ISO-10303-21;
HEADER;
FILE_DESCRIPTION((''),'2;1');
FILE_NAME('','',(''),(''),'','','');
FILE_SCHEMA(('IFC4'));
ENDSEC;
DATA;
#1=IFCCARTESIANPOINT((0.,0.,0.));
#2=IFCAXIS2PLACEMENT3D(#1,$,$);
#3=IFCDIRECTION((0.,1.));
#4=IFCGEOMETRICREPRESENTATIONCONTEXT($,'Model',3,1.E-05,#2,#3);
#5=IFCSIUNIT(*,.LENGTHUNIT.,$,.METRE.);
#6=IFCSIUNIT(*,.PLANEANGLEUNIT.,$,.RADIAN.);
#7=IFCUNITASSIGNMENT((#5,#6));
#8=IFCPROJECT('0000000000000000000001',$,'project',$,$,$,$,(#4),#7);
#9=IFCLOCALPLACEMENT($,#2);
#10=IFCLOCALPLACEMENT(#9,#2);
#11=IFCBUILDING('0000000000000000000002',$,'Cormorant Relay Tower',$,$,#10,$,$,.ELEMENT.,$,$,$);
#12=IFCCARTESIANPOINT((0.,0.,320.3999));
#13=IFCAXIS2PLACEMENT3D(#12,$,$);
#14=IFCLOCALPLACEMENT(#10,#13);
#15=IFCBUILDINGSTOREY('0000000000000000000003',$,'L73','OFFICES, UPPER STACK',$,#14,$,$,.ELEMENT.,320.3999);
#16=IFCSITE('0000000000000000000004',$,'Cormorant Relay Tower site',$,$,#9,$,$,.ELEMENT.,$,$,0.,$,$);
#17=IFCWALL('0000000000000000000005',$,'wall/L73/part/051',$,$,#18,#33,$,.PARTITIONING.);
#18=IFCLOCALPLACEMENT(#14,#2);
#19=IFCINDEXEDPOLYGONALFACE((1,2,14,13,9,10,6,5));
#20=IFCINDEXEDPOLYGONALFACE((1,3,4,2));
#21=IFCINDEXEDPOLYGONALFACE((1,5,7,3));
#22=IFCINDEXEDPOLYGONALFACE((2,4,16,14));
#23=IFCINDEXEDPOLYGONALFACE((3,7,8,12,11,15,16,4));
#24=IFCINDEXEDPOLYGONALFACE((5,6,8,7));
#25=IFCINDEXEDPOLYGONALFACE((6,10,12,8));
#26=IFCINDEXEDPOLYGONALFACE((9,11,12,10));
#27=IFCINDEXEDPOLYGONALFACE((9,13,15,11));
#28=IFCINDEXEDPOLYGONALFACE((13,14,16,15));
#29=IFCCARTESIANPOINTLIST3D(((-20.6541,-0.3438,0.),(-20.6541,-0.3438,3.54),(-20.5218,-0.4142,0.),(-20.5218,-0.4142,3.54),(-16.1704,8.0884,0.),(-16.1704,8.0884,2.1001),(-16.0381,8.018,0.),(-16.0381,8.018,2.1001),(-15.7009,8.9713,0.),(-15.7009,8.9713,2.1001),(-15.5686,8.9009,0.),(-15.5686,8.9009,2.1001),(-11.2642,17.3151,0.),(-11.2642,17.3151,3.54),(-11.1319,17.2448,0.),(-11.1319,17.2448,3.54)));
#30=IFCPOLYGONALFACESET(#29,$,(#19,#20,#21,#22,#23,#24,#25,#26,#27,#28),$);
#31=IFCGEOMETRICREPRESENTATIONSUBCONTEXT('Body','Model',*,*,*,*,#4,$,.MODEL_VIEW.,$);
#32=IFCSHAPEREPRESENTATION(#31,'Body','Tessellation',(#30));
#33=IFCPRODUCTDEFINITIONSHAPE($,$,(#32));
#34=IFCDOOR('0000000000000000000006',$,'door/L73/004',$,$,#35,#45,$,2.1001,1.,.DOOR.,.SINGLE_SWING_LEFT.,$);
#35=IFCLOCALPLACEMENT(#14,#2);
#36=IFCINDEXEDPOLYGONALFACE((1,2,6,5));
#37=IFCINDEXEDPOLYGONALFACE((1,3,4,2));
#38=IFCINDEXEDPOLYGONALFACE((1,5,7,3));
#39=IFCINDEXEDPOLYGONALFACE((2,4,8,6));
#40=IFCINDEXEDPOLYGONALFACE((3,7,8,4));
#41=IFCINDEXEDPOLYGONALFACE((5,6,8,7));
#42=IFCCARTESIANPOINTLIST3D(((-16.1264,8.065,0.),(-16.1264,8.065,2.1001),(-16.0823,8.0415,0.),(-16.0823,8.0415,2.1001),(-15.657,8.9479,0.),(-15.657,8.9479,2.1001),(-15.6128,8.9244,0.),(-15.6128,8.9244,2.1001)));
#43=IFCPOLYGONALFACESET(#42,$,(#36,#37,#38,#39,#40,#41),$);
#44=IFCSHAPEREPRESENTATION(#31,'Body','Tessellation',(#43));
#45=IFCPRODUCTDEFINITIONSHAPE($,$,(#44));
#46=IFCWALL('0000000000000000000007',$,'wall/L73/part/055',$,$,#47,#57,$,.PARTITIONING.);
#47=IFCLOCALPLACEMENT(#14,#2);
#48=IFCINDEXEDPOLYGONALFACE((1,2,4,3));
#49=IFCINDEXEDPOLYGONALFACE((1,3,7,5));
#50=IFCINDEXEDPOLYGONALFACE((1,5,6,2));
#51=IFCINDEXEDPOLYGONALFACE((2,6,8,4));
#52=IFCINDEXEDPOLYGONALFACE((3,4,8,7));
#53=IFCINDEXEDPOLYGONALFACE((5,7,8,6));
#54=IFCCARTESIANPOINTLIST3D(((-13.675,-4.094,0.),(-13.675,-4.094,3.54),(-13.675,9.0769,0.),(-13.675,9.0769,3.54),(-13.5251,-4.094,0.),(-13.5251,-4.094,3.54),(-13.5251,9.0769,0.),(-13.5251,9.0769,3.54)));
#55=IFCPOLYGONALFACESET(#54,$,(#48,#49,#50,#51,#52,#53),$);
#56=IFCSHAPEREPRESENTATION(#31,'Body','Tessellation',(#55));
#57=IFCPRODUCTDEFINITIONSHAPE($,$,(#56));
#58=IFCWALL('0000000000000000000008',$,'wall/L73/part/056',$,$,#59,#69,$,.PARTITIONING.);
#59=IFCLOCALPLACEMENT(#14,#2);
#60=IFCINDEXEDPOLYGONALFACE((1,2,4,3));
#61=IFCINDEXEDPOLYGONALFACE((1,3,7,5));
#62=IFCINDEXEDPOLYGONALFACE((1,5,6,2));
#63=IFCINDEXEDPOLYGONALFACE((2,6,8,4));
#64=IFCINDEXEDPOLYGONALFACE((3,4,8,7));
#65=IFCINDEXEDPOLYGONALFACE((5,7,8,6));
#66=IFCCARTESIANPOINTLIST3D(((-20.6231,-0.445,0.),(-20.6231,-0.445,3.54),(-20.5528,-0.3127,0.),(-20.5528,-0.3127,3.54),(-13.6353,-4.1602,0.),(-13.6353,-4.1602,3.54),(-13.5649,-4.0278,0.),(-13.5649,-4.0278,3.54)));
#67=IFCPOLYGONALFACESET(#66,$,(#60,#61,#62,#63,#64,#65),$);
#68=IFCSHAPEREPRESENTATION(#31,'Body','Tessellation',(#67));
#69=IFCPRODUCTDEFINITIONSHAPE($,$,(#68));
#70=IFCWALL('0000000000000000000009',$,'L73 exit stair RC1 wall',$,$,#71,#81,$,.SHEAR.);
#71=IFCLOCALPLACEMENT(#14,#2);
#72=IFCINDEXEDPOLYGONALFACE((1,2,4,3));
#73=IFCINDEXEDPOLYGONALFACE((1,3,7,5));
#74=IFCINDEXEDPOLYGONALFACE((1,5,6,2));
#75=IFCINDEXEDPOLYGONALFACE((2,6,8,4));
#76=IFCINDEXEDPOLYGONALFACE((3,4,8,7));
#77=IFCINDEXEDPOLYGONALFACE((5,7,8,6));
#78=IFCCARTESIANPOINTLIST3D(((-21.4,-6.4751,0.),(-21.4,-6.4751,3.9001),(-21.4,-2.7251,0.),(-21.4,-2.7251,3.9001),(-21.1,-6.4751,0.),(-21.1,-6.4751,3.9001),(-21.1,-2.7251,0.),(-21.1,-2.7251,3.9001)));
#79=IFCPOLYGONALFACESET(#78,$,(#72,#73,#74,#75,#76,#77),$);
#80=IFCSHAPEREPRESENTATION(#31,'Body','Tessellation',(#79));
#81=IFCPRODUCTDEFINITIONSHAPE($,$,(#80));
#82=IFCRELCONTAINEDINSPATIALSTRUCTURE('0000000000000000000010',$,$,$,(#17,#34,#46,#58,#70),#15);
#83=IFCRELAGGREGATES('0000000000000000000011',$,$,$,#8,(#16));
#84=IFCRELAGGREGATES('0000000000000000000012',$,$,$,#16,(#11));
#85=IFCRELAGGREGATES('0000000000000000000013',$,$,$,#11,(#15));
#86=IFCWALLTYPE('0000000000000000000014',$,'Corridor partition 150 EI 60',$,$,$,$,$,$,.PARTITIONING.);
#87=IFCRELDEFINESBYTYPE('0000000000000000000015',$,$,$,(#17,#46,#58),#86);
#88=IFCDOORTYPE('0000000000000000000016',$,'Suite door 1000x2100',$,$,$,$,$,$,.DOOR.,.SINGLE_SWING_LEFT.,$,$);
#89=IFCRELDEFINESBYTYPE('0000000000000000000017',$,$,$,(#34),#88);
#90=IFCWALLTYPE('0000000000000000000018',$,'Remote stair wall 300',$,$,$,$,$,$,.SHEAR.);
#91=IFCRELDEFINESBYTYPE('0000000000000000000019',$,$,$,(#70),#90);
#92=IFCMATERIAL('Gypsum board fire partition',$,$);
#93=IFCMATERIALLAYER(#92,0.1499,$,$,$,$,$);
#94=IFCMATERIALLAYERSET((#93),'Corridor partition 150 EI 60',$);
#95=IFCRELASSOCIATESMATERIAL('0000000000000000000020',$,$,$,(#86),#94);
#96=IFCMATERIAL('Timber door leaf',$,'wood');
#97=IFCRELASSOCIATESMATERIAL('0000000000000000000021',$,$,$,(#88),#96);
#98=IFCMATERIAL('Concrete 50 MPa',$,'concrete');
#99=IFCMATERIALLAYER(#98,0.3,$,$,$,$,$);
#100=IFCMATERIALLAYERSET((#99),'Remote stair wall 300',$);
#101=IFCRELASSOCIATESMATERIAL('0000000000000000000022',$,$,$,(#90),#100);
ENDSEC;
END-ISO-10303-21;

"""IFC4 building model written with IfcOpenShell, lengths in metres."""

from ifc_helpers import new_model, si_unit, direction, frame, frame_2d, origin, place, context, subcontext, project, spatial, rectangle, extrude, material, layer, layer_set, type_object, element, fill, save


model = new_model("IFC4")

# Units and contexts
model_context = context("Model", 3, precision=1e-05, world=origin(), true_north=direction((0.0, 1.0)))
body_context = subcontext(model_context, "Body", "Model", "MODEL_VIEW")
ifc_project = project(units=[si_unit("LENGTHUNIT", "METRE"), si_unit("PLANEANGLEUNIT", "RADIAN")], contexts=[model_context])

# Site, building, storey
site_placement = place(None, origin())
site = spatial("IfcSite", under=ifc_project, at=site_placement, Name="Cormorant Relay Tower site", CompositionType="ELEMENT", RefElevation=0.0)
building_placement = place(site_placement, origin())
building = spatial("IfcBuilding", under=site, at=building_placement, Name="Cormorant Relay Tower", CompositionType="ELEMENT")
storey_placement = place(building_placement, frame((0.0, 0.0, 320.3999)))
storey = spatial("IfcBuildingStorey", under=building, at=storey_placement, Name="L73", Description="OFFICES, UPPER STACK", CompositionType="ELEMENT", Elevation=320.3999)

# Wall, opening, door
ifc_material_1 = material(Name="Gypsum board fire partition")
ifc_layer_1 = layer(ifc_material_1, 0.1499)
ifc_layer_set_1 = layer_set([ifc_layer_1], Name="Corridor partition 150 EI 60")
wall_type_1 = type_object("IfcWallType", Name="Corridor partition 150 EI 60", PredefinedType="PARTITIONING", material=ifc_layer_set_1)
wall_1_placement = place(storey_placement, frame((-20.5879, -0.3789, 0.0), z_axis=(0.0, 0.0, 1.0), x_axis=(0.46949, 0.882938, 0.0)))
wall_1 = element("IfcWall", 1, at=wall_1_placement, inside=storey, type_object=wall_type_1, Name="wall/L73/part/051", PredefinedType="PARTITIONING", context=body_context, shape_type="SweptSolid", body=[
    extrude(rectangle(XDim=20.0002, YDim=0.1499, at=frame_2d((10.0, 0.0))), origin(), (0.0, 0.0, 1.0), 3.54),
])
opening_1_placement = place(wall_1_placement, frame((9.55, 0.0, 0.0)))
opening_1 = element("IfcOpeningElement", 2, at=opening_1_placement, cuts=wall_1, PredefinedType="OPENING", context=body_context, shape_type="SweptSolid", body=[
    extrude(rectangle(XDim=1.0, YDim=2.1001, at=frame_2d((0.5, 1.05))), frame((0.0, 0.085, 0.0), z_axis=(0.0, -1.0, 0.0), x_axis=(1.0, 0.0, 0.0)), (0.0, 0.0, 1.0), 0.1699),
])
ifc_material_2 = material(Name="Timber door leaf", Category="wood")
door_type_1 = type_object("IfcDoorType", Name="Suite door 1000x2100", OperationType="SINGLE_SWING_LEFT", PredefinedType="DOOR", material=ifc_material_2)
door_1_placement = place(opening_1_placement, frame((1.0, 0.0, 0.0), z_axis=(0.0, 0.0, 1.0), x_axis=(-1.0, 0.0, 0.0)))
door_1 = element("IfcDoor", 3, at=door_1_placement, inside=storey, type_object=door_type_1, Name="door/L73/004", OperationType="SINGLE_SWING_LEFT", OverallHeight=2.1001, OverallWidth=1.0, PredefinedType="DOOR", context=body_context, shape_type="SweptSolid", body=[
    extrude(rectangle(XDim=1.0, YDim=2.1001, at=frame_2d((0.5, 1.05))), frame((0.0, 0.0249, 0.0), z_axis=(0.0, -1.0, 0.0), x_axis=(1.0, 0.0, 0.0)), (0.0, 0.0, 1.0), 0.05),
])
fill(opening_1, door_1)

# Walls
wall_2_placement = place(storey_placement, frame((-13.6001, 9.0769, 0.0), z_axis=(0.0, 0.0, 1.0), x_axis=(0.0, -1.0, 0.0)))
element("IfcWall", 4, at=wall_2_placement, inside=storey, type_object=wall_type_1, Name="wall/L73/part/055", PredefinedType="PARTITIONING", context=body_context, shape_type="SweptSolid", body=[
    extrude(rectangle(XDim=13.1709, YDim=0.1499, at=frame_2d((6.5854, 0.0))), origin(), (0.0, 0.0, 1.0), 3.54),
])
wall_3_placement = place(storey_placement, frame((-13.6001, -4.094, 0.0), z_axis=(0.0, 0.0, 1.0), x_axis=(-0.882968, 0.469433, 0.0)))
element("IfcWall", 5, at=wall_3_placement, inside=storey, type_object=wall_type_1, Name="wall/L73/part/056", PredefinedType="PARTITIONING", context=body_context, shape_type="SweptSolid", body=[
    extrude(rectangle(XDim=7.9141, YDim=0.1499, at=frame_2d((3.957, 0.0))), origin(), (0.0, 0.0, 1.0), 3.54),
])
ifc_material_3 = material(Name="Concrete 50 MPa", Category="concrete")
ifc_layer_2 = layer(ifc_material_3, 0.3)
ifc_layer_set_2 = layer_set([ifc_layer_2], Name="Remote stair wall 300")
wall_type_2 = type_object("IfcWallType", Name="Remote stair wall 300", PredefinedType="SHEAR", material=ifc_layer_set_2)
wall_4_placement = place(storey_placement, frame((-21.25, -2.7251, 0.0), z_axis=(0.0, 0.0, 1.0), x_axis=(0.0, -1.0, 0.0)))
element("IfcWall", 6, at=wall_4_placement, inside=storey, type_object=wall_type_2, Name="L73 exit stair RC1 wall", PredefinedType="SHEAR", context=body_context, shape_type="SweptSolid", body=[
    extrude(rectangle(XDim=3.75, YDim=0.3, at=frame_2d((1.875, 0.0))), origin(), (0.0, 0.0, 1.0), 3.9001),
])

save(model, "model.ifc")
